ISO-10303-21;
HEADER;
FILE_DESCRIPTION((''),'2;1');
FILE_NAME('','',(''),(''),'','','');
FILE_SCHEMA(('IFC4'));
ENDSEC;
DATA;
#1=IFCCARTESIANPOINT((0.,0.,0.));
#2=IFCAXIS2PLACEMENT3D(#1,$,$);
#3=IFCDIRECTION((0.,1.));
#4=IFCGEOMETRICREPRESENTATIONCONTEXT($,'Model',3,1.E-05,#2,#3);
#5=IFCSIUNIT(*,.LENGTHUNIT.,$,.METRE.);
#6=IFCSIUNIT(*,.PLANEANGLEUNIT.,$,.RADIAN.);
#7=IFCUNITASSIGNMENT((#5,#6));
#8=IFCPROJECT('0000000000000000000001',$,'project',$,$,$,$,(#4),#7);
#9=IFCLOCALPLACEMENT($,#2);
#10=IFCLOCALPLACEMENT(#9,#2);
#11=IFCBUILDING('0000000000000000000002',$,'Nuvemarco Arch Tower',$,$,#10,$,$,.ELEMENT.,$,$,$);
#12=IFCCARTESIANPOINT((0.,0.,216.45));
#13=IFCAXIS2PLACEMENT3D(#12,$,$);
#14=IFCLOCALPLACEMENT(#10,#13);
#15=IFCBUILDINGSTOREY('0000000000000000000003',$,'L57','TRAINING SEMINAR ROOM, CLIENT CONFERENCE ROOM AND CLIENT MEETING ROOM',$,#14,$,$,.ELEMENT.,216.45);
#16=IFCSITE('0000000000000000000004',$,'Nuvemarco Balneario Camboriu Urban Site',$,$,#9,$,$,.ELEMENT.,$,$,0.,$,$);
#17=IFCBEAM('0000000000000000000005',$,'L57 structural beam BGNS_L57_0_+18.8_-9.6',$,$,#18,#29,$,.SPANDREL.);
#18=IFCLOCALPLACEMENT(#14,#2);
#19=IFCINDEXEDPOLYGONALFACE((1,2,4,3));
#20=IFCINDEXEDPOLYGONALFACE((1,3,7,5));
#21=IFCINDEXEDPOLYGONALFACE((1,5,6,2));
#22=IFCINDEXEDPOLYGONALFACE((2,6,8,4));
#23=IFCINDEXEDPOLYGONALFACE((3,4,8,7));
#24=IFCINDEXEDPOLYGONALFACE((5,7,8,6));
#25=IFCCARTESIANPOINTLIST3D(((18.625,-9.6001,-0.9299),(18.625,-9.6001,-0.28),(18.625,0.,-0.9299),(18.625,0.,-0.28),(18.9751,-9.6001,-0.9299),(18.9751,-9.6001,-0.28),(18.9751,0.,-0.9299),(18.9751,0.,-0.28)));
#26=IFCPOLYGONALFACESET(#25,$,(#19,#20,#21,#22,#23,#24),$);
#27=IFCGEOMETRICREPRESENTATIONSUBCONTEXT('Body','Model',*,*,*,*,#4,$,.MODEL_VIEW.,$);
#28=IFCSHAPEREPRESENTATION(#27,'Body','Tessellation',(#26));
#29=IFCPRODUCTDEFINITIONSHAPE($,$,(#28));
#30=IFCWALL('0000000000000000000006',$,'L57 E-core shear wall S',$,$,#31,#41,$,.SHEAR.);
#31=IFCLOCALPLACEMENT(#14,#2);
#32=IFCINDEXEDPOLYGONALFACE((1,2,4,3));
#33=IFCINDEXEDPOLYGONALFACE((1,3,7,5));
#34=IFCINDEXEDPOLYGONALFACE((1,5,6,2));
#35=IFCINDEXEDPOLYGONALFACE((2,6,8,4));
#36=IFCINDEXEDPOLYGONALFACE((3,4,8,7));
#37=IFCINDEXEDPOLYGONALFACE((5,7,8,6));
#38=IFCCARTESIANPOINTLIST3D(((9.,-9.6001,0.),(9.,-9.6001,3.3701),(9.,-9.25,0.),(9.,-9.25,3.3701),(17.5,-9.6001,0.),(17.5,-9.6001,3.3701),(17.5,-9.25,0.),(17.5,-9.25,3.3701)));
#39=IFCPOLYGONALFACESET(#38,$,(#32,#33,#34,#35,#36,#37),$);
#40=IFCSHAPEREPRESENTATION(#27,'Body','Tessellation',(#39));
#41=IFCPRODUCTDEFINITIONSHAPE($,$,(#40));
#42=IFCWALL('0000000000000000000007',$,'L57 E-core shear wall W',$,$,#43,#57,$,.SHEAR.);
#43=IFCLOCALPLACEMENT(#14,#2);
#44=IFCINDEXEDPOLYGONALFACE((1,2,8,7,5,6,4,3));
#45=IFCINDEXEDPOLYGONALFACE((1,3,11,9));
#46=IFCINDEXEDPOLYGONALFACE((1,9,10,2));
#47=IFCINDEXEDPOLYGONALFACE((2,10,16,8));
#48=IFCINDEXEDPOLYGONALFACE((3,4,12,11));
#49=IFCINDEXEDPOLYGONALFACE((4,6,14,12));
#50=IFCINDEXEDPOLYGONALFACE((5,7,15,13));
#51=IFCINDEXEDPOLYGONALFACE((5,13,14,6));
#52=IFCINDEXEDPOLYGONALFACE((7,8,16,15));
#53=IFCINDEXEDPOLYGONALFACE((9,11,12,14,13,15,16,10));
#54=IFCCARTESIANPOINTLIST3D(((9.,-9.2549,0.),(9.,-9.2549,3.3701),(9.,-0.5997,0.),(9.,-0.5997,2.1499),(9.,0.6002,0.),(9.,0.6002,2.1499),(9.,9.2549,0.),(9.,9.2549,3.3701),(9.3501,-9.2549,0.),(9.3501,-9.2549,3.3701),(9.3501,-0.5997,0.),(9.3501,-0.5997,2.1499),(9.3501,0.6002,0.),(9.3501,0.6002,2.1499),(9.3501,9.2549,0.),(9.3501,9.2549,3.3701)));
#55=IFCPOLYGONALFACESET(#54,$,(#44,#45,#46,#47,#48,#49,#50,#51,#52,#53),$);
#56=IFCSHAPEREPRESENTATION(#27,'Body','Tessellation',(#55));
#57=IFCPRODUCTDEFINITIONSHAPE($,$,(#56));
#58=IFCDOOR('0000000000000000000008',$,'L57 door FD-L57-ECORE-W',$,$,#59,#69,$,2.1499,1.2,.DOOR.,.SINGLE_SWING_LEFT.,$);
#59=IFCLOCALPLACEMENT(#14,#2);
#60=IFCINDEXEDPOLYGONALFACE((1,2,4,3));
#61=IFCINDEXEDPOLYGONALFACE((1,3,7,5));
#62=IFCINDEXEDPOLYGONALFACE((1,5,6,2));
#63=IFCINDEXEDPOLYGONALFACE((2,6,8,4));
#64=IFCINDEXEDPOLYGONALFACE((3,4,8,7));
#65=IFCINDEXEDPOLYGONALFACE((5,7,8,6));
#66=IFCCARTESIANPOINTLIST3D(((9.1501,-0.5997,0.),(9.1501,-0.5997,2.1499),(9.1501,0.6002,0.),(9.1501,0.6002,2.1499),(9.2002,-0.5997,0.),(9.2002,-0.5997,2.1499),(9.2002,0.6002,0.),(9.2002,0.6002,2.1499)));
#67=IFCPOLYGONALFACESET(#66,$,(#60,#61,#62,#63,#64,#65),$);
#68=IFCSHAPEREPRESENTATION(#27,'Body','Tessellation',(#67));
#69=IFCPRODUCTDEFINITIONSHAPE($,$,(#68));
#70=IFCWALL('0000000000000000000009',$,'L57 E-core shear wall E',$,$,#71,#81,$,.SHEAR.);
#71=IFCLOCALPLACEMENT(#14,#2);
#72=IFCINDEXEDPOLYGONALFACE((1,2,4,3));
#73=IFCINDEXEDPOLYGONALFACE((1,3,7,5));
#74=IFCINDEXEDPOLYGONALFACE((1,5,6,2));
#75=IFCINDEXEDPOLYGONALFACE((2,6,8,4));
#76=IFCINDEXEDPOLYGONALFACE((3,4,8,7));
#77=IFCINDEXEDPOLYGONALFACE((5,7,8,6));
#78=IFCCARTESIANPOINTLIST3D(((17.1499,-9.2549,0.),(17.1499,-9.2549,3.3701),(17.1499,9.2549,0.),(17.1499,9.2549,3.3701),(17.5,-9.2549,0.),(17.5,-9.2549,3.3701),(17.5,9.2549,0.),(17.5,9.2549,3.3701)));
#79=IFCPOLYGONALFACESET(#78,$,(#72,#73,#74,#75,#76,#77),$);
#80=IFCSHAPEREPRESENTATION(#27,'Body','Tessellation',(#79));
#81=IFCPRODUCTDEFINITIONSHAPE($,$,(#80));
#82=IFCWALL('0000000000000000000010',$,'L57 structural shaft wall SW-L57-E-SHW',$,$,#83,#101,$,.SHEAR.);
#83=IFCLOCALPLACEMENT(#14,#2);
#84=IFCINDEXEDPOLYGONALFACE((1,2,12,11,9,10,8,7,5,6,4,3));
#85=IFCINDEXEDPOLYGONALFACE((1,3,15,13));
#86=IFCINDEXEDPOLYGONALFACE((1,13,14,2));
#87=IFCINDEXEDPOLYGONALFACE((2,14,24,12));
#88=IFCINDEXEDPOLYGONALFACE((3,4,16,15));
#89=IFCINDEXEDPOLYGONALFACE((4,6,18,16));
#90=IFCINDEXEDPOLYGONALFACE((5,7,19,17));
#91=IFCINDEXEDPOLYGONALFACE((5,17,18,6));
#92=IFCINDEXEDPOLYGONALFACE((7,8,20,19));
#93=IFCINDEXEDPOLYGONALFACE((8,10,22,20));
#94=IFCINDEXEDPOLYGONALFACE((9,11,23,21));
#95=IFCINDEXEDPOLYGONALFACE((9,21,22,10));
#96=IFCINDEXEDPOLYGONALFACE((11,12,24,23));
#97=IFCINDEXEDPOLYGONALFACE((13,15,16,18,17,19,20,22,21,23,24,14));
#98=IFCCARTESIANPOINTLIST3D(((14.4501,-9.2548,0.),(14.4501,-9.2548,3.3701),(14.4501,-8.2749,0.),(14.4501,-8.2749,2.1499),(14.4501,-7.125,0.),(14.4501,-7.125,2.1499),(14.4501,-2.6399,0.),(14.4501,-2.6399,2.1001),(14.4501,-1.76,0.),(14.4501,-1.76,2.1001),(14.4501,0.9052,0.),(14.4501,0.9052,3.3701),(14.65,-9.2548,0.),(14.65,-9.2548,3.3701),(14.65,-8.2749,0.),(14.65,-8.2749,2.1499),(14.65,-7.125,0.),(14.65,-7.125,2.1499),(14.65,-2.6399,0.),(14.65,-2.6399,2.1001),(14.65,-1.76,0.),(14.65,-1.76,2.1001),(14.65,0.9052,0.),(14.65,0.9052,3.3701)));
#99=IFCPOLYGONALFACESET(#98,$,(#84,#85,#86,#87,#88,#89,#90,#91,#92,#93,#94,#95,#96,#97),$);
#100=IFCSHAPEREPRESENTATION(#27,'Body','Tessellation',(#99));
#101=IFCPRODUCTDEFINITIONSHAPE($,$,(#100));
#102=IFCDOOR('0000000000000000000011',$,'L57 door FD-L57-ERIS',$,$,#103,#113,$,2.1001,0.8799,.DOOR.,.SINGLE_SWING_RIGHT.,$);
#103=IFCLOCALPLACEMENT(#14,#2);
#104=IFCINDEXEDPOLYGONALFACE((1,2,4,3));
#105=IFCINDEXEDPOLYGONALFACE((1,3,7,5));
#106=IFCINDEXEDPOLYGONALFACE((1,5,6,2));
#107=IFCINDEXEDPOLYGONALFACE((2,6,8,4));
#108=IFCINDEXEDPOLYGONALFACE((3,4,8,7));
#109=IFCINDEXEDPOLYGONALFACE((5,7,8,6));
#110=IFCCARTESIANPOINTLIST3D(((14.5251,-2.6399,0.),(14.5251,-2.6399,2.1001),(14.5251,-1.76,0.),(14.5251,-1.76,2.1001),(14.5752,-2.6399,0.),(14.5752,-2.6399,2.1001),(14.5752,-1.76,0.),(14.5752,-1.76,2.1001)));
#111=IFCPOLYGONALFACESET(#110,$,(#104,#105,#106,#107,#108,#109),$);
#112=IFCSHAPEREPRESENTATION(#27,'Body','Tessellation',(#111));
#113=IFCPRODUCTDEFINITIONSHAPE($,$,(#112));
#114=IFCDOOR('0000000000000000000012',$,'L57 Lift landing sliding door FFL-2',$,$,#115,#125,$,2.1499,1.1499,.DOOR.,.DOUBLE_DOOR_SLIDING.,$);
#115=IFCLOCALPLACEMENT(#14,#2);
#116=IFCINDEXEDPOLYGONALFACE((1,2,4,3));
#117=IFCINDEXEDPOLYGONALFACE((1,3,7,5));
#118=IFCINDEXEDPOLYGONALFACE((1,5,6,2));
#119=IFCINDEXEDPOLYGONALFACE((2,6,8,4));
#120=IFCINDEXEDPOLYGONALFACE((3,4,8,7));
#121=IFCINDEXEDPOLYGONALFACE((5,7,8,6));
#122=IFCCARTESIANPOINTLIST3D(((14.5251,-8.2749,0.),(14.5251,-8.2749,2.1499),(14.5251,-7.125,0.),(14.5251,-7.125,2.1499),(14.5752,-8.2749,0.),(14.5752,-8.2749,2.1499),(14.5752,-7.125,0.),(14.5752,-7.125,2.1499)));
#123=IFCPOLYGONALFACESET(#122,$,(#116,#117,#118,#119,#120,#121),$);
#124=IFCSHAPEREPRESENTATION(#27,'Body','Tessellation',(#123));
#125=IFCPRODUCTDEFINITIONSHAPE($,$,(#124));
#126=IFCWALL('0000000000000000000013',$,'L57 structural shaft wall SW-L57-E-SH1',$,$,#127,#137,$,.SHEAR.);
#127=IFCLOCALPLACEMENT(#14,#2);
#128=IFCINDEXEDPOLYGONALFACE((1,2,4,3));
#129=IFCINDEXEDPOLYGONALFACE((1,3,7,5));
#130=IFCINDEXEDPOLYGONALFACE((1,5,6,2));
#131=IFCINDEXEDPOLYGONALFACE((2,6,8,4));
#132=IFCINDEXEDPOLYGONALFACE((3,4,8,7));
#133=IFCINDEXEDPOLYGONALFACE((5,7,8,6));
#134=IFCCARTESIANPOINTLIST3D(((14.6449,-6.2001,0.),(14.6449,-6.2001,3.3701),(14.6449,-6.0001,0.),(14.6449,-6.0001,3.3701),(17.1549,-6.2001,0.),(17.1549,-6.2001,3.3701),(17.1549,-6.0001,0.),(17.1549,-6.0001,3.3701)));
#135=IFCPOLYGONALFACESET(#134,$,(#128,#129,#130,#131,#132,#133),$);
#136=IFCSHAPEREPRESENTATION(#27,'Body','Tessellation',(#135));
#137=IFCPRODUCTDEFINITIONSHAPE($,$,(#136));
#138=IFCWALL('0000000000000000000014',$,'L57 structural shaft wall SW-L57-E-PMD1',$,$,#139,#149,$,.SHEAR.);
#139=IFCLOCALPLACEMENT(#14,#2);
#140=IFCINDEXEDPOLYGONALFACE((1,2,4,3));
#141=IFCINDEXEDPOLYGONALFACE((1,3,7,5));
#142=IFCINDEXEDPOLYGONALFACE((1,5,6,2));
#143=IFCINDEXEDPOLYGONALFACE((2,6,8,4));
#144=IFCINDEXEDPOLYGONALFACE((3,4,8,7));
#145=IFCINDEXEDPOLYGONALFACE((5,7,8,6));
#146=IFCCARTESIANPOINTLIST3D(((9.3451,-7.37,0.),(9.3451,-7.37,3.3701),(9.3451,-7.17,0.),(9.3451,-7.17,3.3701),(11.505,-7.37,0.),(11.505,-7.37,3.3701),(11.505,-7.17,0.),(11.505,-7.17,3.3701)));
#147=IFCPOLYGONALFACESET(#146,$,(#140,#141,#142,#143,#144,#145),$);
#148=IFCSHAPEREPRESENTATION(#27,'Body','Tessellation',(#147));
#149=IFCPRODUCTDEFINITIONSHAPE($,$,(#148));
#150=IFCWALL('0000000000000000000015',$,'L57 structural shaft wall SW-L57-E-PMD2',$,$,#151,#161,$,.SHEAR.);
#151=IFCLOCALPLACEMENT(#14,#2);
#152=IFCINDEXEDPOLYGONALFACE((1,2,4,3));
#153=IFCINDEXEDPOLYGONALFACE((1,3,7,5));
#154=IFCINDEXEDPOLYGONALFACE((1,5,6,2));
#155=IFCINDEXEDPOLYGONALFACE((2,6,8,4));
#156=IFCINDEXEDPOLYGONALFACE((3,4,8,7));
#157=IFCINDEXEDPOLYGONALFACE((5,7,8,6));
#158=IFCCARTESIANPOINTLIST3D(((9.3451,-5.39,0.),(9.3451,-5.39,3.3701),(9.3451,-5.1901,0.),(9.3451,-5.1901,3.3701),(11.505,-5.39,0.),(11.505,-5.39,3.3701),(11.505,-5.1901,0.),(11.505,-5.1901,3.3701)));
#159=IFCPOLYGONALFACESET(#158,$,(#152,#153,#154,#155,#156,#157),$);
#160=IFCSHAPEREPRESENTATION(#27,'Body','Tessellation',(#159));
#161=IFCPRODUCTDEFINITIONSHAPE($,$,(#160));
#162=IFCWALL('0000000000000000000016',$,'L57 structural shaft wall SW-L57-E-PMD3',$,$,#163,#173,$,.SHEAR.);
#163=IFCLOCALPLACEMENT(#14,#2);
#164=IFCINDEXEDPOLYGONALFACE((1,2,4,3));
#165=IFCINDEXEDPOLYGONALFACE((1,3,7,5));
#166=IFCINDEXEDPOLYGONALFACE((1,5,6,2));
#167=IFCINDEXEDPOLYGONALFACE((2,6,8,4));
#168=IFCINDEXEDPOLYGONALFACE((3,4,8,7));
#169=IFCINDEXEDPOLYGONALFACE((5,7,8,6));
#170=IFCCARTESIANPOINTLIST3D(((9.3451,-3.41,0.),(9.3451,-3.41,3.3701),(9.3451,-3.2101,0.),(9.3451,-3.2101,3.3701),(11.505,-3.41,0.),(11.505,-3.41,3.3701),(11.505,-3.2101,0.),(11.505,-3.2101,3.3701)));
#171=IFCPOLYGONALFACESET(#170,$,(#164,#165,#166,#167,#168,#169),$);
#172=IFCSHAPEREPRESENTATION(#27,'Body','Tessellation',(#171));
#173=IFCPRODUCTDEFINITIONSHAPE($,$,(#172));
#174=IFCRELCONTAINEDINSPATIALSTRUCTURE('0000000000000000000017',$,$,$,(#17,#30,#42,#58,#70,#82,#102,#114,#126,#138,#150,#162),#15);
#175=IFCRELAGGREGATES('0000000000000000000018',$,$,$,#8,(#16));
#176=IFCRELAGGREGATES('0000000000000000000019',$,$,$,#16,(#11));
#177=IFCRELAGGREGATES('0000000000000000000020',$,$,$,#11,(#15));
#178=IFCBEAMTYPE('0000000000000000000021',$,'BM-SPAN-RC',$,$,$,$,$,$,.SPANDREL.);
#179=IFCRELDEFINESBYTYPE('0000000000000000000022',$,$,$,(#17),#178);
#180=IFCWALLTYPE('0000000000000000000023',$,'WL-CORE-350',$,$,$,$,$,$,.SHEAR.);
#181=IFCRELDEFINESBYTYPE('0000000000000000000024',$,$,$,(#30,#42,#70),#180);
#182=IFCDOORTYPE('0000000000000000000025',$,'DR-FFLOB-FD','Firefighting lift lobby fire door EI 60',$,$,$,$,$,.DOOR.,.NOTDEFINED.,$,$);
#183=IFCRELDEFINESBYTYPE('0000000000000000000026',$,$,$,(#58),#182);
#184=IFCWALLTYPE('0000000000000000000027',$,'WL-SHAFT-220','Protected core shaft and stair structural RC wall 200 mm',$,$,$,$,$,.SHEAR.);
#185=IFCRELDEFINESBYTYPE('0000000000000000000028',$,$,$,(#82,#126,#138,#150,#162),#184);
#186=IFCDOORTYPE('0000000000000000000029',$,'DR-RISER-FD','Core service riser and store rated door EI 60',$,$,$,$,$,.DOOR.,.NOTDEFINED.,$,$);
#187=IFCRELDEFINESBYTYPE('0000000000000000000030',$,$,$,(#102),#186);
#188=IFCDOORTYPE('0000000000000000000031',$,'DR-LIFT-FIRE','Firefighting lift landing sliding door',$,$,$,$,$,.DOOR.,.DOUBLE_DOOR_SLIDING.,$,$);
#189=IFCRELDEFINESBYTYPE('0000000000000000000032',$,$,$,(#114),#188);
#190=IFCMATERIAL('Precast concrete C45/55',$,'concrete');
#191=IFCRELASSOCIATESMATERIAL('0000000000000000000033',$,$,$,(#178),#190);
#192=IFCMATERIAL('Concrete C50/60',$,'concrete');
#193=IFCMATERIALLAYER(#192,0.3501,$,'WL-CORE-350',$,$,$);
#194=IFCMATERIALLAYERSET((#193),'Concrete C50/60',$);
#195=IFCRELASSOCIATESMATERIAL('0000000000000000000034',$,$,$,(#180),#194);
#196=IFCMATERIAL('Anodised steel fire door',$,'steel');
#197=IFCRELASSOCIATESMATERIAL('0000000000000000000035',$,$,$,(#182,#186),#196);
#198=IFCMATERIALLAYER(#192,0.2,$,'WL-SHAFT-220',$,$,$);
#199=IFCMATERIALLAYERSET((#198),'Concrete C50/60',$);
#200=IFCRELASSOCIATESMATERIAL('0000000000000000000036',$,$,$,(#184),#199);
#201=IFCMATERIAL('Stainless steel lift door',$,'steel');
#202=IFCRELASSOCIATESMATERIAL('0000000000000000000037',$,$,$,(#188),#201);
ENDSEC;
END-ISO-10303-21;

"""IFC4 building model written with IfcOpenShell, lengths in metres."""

from ifc_helpers import new_model, si_unit, direction, frame, frame_2d, origin, origin_2d, place, context, subcontext, project, spatial, rectangle, extrude, source, transform, mapped, material, layer, layer_set, material_profile, profile_set, type_object, type_shapes, element, fill, save


model = new_model("IFC4")

# Units and contexts
model_context = context("Model", 3, precision=1e-05, world=origin(), true_north=direction((0.0, 1.0)))
body_context = subcontext(model_context, "Body", "Model", "MODEL_VIEW")
ifc_project = project(units=[si_unit("LENGTHUNIT", "METRE"), si_unit("PLANEANGLEUNIT", "RADIAN")], contexts=[model_context])

# Site, building, storey
site_placement = place(None, origin())
site = spatial("IfcSite", under=ifc_project, at=site_placement, Name="Nuvemarco Balneario Camboriu Urban Site", CompositionType="ELEMENT", RefElevation=0.0)
building_placement = place(site_placement, origin())
building = spatial("IfcBuilding", under=site, at=building_placement, Name="Nuvemarco Arch Tower", CompositionType="ELEMENT")
storey_placement = place(building_placement, frame((0.0, 0.0, 216.45)))
storey = spatial("IfcBuildingStorey", under=building, at=storey_placement, Name="L57", Description="TRAINING SEMINAR ROOM, CLIENT CONFERENCE ROOM AND CLIENT MEETING ROOM", CompositionType="ELEMENT", Elevation=216.45)

# Shared definitions
ifc_material_1 = material(Name="Concrete C50/60", Category="concrete")

# Beam
ifc_material_2 = material(Name="Precast concrete C45/55", Category="concrete")
ifc_material_profile_1 = material_profile(ifc_material_2, rectangle(XDim=0.3501, YDim=0.6499, at=origin_2d()), Name="PC-SP-350x650")
ifc_profile_set_1 = profile_set([ifc_material_profile_1], Name="Precast concrete C45/55")
beam_type_1 = type_object("IfcBeamType", Name="BM-SPAN-RC", PredefinedType="SPANDREL", material=ifc_profile_set_1)
beam_1_placement = place(storey_placement, frame((18.8, -9.6001, -0.605), z_axis=(0.0, 1.0, 0.0), x_axis=(-1.0, 0.0, 0.0)))
element("IfcBeam", 1, at=beam_1_placement, inside=storey, type_object=beam_type_1, Name="L57 structural beam BGNS_L57_0_+18.8_-9.6", PredefinedType="SPANDREL", context=body_context, shape_type="SweptSolid", body=[
    extrude(rectangle(XDim=0.3501, YDim=0.6499, at=origin_2d()), origin(), (0.0, 0.0, 1.0), 9.6001),
])

# Wall
ifc_layer_1 = layer(ifc_material_1, 0.3501, Name="WL-CORE-350")
ifc_layer_set_1 = layer_set([ifc_layer_1], Name="Concrete C50/60")
wall_type_1 = type_object("IfcWallType", Name="WL-CORE-350", PredefinedType="SHEAR", material=ifc_layer_set_1)
wall_1_placement = place(storey_placement, frame((9.0, -9.425, 0.0), z_axis=(0.0, 0.0, 1.0), x_axis=(1.0, 0.0, 0.0)))
element("IfcWall", 2, at=wall_1_placement, inside=storey, type_object=wall_type_1, Name="L57 E-core shear wall S", PredefinedType="SHEAR", context=body_context, shape_type="SweptSolid", body=[
    extrude(rectangle(XDim=8.5, YDim=0.3501, at=frame_2d((4.25, 0.0))), origin(), (0.0, 0.0, 1.0), 3.3701),
])

# Wall, opening, door
wall_2_placement = place(storey_placement, frame((9.175, -9.2549, 0.0), z_axis=(0.0, 0.0, 1.0), x_axis=(0.0, 1.0, 0.0)))
wall_2 = element("IfcWall", 3, at=wall_2_placement, inside=storey, type_object=wall_type_1, Name="L57 E-core shear wall W", PredefinedType="SHEAR", context=body_context, shape_type="SweptSolid", body=[
    extrude(rectangle(XDim=18.5098, YDim=0.3501, at=frame_2d((9.2549, 0.0))), origin(), (0.0, 0.0, 1.0), 3.3701),
])
opening_1_placement = place(wall_2_placement, frame((8.655, 0.0, 0.0)))
opening_1 = element("IfcOpeningElement", 4, at=opening_1_placement, cuts=wall_2, PredefinedType="OPENING", context=body_context, shape_type="SweptSolid", body=[
    extrude(rectangle(XDim=1.2, YDim=2.1499, at=frame_2d((0.6001, 1.075))), frame((0.0, 0.1851, 0.0), z_axis=(0.0, -1.0, 0.0), x_axis=(1.0, 0.0, 0.0)), (0.0, 0.0, 1.0), 0.3701),
])
ifc_material_3 = material(Name="Anodised steel fire door", Category="steel")
door_type_1 = type_object("IfcDoorType", Name="DR-FFLOB-FD", Description="Firefighting lift lobby fire door EI 60", OperationType="NOTDEFINED", PredefinedType="DOOR", material=ifc_material_3)
shared_shape_1 = source(origin(), body_context, "Body", "SweptSolid", [
    extrude(rectangle(XDim=1.2, YDim=2.1499, at=frame_2d((0.6001, 1.075))), frame((0.0, 0.0249, 0.0), z_axis=(0.0, -1.0, 0.0), x_axis=(1.0, 0.0, 0.0)), (0.0, 0.0, 1.0), 0.05),
])
type_shapes(door_type_1, [shared_shape_1])
door_1_placement = place(opening_1_placement, origin())
door_1 = element("IfcDoor", 5, at=door_1_placement, inside=storey, type_object=door_type_1, Name="L57 door FD-L57-ECORE-W", OperationType="SINGLE_SWING_LEFT", OverallHeight=2.1499, OverallWidth=1.2, PredefinedType="DOOR", context=body_context, shape_type="MappedRepresentation", body=[
    mapped(shared_shape_1, transform((0.0, 0.0, 0.0), scale=1.0)),
])
fill(opening_1, door_1)

# Wall
wall_3_placement = place(storey_placement, frame((17.325, -9.2549, 0.0), z_axis=(0.0, 0.0, 1.0), x_axis=(0.0, 1.0, 0.0)))
element("IfcWall", 6, at=wall_3_placement, inside=storey, type_object=wall_type_1, Name="L57 E-core shear wall E", PredefinedType="SHEAR", context=body_context, shape_type="SweptSolid", body=[
    extrude(rectangle(XDim=18.5098, YDim=0.3501, at=frame_2d((9.2549, 0.0))), origin(), (0.0, 0.0, 1.0), 3.3701),
])

# Wall, openings, doors
ifc_layer_2 = layer(ifc_material_1, 0.2, Name="WL-SHAFT-220")
ifc_layer_set_2 = layer_set([ifc_layer_2], Name="Concrete C50/60")
wall_type_2 = type_object("IfcWallType", Name="WL-SHAFT-220", Description="Protected core shaft and stair structural RC wall 200 mm", PredefinedType="SHEAR", material=ifc_layer_set_2)
wall_4_placement = place(storey_placement, frame((14.55, -9.2549, 0.0), z_axis=(0.0, 0.0, 1.0), x_axis=(0.0, 1.0, 0.0)))
wall_4 = element("IfcWall", 7, at=wall_4_placement, inside=storey, type_object=wall_type_2, Name="L57 structural shaft wall SW-L57-E-SHW", PredefinedType="SHEAR", context=body_context, shape_type="SweptSolid", body=[
    extrude(rectangle(XDim=10.1599, YDim=0.2, at=frame_2d((5.0801, 0.0))), origin(), (0.0, 0.0, 1.0), 3.3701),
])
opening_2_placement = place(wall_4_placement, frame((6.615, 0.0, 0.0)))
opening_2 = element("IfcOpeningElement", 8, at=opening_2_placement, cuts=wall_4, PredefinedType="OPENING", context=body_context, shape_type="SweptSolid", body=[
    extrude(rectangle(XDim=0.8799, YDim=2.1001, at=frame_2d((0.4399, 1.05))), frame((0.0, 0.1099, 0.0), z_axis=(0.0, -1.0, 0.0), x_axis=(1.0, 0.0, 0.0)), (0.0, 0.0, 1.0), 0.22),
])
opening_3_placement = place(wall_4_placement, frame((0.98, 0.0, 0.0)))
opening_3 = element("IfcOpeningElement", 9, at=opening_3_placement, cuts=wall_4, PredefinedType="OPENING", context=body_context, shape_type="SweptSolid", body=[
    extrude(rectangle(XDim=1.1499, YDim=2.1499, at=frame_2d((0.575, 1.075))), frame((0.0, 0.1099, 0.0), z_axis=(0.0, -1.0, 0.0), x_axis=(1.0, 0.0, 0.0)), (0.0, 0.0, 1.0), 0.22),
])
door_type_2 = type_object("IfcDoorType", Name="DR-RISER-FD", Description="Core service riser and store rated door EI 60", OperationType="NOTDEFINED", PredefinedType="DOOR", material=ifc_material_3)
shared_shape_2 = source(origin(), body_context, "Body", "SweptSolid", [
    extrude(rectangle(XDim=0.8799, YDim=2.1001, at=frame_2d((0.4399, 1.05))), frame((0.0, 0.0249, 0.0), z_axis=(0.0, -1.0, 0.0), x_axis=(1.0, 0.0, 0.0)), (0.0, 0.0, 1.0), 0.05),
])
type_shapes(door_type_2, [shared_shape_2])
door_2_placement = place(opening_2_placement, origin())
door_2 = element("IfcDoor", 10, at=door_2_placement, inside=storey, type_object=door_type_2, Name="L57 door FD-L57-ERIS", OperationType="SINGLE_SWING_RIGHT", OverallHeight=2.1001, OverallWidth=0.8799, PredefinedType="DOOR", context=body_context, shape_type="MappedRepresentation", body=[
    mapped(shared_shape_2, transform((0.0, 0.0, 0.0), scale=1.0)),
])
fill(opening_2, door_2)
ifc_material_4 = material(Name="Stainless steel lift door", Category="steel")
door_type_3 = type_object("IfcDoorType", Name="DR-LIFT-FIRE", Description="Firefighting lift landing sliding door", OperationType="DOUBLE_DOOR_SLIDING", PredefinedType="DOOR", material=ifc_material_4)
shared_shape_3 = source(origin(), body_context, "Body", "SweptSolid", [
    extrude(rectangle(XDim=1.1499, YDim=2.1499, at=frame_2d((0.575, 1.075))), frame((0.0, 0.0249, 0.0), z_axis=(0.0, -1.0, 0.0), x_axis=(1.0, 0.0, 0.0)), (0.0, 0.0, 1.0), 0.05),
])
type_shapes(door_type_3, [shared_shape_3])
door_3_placement = place(opening_3_placement, origin())
door_3 = element("IfcDoor", 11, at=door_3_placement, inside=storey, type_object=door_type_3, Name="L57 Lift landing sliding door FFL-2", OperationType="DOUBLE_DOOR_SLIDING", OverallHeight=2.1499, OverallWidth=1.1499, PredefinedType="DOOR", context=body_context, shape_type="MappedRepresentation", body=[
    mapped(shared_shape_3, transform((0.0, 0.0, 0.0), scale=1.0)),
])
fill(opening_3, door_3)

# Wall
wall_5_placement = place(storey_placement, frame((14.645, -6.1001, 0.0), z_axis=(0.0, 0.0, 1.0), x_axis=(1.0, 0.0, 0.0)))
element("IfcWall", 12, at=wall_5_placement, inside=storey, type_object=wall_type_2, Name="L57 structural shaft wall SW-L57-E-SH1", PredefinedType="SHEAR", context=body_context, shape_type="SweptSolid", body=[
    extrude(rectangle(XDim=2.51, YDim=0.2, at=frame_2d((1.2549, 0.0))), origin(), (0.0, 0.0, 1.0), 3.3701),
])

# Walls
for number, where, z_axis, x_axis, name in (
    (13, (9.345, -7.27, 0.0), (0.0, 0.0, 1.0), (1.0, 0.0, 0.0), "L57 structural shaft wall SW-L57-E-PMD1"),
    (14, (9.345, -5.29, 0.0), (0.0, 0.0, 1.0), (1.0, 0.0, 0.0), "L57 structural shaft wall SW-L57-E-PMD2"),
    (15, (9.345, -3.3101, 0.0), (0.0, 0.0, 1.0), (1.0, 0.0, 0.0), "L57 structural shaft wall SW-L57-E-PMD3"),
):
    element("IfcWall", number, at=place(storey_placement, frame(where, z_axis=z_axis, x_axis=x_axis)), inside=storey, type_object=wall_type_2, Name=name, PredefinedType="SHEAR", context=body_context, shape_type="SweptSolid", body=[
        extrude(rectangle(XDim=2.1599, YDim=0.2, at=frame_2d((1.0801, 0.0))), origin(), (0.0, 0.0, 1.0), 3.3701),
    ])

save(model, "model.ifc")
